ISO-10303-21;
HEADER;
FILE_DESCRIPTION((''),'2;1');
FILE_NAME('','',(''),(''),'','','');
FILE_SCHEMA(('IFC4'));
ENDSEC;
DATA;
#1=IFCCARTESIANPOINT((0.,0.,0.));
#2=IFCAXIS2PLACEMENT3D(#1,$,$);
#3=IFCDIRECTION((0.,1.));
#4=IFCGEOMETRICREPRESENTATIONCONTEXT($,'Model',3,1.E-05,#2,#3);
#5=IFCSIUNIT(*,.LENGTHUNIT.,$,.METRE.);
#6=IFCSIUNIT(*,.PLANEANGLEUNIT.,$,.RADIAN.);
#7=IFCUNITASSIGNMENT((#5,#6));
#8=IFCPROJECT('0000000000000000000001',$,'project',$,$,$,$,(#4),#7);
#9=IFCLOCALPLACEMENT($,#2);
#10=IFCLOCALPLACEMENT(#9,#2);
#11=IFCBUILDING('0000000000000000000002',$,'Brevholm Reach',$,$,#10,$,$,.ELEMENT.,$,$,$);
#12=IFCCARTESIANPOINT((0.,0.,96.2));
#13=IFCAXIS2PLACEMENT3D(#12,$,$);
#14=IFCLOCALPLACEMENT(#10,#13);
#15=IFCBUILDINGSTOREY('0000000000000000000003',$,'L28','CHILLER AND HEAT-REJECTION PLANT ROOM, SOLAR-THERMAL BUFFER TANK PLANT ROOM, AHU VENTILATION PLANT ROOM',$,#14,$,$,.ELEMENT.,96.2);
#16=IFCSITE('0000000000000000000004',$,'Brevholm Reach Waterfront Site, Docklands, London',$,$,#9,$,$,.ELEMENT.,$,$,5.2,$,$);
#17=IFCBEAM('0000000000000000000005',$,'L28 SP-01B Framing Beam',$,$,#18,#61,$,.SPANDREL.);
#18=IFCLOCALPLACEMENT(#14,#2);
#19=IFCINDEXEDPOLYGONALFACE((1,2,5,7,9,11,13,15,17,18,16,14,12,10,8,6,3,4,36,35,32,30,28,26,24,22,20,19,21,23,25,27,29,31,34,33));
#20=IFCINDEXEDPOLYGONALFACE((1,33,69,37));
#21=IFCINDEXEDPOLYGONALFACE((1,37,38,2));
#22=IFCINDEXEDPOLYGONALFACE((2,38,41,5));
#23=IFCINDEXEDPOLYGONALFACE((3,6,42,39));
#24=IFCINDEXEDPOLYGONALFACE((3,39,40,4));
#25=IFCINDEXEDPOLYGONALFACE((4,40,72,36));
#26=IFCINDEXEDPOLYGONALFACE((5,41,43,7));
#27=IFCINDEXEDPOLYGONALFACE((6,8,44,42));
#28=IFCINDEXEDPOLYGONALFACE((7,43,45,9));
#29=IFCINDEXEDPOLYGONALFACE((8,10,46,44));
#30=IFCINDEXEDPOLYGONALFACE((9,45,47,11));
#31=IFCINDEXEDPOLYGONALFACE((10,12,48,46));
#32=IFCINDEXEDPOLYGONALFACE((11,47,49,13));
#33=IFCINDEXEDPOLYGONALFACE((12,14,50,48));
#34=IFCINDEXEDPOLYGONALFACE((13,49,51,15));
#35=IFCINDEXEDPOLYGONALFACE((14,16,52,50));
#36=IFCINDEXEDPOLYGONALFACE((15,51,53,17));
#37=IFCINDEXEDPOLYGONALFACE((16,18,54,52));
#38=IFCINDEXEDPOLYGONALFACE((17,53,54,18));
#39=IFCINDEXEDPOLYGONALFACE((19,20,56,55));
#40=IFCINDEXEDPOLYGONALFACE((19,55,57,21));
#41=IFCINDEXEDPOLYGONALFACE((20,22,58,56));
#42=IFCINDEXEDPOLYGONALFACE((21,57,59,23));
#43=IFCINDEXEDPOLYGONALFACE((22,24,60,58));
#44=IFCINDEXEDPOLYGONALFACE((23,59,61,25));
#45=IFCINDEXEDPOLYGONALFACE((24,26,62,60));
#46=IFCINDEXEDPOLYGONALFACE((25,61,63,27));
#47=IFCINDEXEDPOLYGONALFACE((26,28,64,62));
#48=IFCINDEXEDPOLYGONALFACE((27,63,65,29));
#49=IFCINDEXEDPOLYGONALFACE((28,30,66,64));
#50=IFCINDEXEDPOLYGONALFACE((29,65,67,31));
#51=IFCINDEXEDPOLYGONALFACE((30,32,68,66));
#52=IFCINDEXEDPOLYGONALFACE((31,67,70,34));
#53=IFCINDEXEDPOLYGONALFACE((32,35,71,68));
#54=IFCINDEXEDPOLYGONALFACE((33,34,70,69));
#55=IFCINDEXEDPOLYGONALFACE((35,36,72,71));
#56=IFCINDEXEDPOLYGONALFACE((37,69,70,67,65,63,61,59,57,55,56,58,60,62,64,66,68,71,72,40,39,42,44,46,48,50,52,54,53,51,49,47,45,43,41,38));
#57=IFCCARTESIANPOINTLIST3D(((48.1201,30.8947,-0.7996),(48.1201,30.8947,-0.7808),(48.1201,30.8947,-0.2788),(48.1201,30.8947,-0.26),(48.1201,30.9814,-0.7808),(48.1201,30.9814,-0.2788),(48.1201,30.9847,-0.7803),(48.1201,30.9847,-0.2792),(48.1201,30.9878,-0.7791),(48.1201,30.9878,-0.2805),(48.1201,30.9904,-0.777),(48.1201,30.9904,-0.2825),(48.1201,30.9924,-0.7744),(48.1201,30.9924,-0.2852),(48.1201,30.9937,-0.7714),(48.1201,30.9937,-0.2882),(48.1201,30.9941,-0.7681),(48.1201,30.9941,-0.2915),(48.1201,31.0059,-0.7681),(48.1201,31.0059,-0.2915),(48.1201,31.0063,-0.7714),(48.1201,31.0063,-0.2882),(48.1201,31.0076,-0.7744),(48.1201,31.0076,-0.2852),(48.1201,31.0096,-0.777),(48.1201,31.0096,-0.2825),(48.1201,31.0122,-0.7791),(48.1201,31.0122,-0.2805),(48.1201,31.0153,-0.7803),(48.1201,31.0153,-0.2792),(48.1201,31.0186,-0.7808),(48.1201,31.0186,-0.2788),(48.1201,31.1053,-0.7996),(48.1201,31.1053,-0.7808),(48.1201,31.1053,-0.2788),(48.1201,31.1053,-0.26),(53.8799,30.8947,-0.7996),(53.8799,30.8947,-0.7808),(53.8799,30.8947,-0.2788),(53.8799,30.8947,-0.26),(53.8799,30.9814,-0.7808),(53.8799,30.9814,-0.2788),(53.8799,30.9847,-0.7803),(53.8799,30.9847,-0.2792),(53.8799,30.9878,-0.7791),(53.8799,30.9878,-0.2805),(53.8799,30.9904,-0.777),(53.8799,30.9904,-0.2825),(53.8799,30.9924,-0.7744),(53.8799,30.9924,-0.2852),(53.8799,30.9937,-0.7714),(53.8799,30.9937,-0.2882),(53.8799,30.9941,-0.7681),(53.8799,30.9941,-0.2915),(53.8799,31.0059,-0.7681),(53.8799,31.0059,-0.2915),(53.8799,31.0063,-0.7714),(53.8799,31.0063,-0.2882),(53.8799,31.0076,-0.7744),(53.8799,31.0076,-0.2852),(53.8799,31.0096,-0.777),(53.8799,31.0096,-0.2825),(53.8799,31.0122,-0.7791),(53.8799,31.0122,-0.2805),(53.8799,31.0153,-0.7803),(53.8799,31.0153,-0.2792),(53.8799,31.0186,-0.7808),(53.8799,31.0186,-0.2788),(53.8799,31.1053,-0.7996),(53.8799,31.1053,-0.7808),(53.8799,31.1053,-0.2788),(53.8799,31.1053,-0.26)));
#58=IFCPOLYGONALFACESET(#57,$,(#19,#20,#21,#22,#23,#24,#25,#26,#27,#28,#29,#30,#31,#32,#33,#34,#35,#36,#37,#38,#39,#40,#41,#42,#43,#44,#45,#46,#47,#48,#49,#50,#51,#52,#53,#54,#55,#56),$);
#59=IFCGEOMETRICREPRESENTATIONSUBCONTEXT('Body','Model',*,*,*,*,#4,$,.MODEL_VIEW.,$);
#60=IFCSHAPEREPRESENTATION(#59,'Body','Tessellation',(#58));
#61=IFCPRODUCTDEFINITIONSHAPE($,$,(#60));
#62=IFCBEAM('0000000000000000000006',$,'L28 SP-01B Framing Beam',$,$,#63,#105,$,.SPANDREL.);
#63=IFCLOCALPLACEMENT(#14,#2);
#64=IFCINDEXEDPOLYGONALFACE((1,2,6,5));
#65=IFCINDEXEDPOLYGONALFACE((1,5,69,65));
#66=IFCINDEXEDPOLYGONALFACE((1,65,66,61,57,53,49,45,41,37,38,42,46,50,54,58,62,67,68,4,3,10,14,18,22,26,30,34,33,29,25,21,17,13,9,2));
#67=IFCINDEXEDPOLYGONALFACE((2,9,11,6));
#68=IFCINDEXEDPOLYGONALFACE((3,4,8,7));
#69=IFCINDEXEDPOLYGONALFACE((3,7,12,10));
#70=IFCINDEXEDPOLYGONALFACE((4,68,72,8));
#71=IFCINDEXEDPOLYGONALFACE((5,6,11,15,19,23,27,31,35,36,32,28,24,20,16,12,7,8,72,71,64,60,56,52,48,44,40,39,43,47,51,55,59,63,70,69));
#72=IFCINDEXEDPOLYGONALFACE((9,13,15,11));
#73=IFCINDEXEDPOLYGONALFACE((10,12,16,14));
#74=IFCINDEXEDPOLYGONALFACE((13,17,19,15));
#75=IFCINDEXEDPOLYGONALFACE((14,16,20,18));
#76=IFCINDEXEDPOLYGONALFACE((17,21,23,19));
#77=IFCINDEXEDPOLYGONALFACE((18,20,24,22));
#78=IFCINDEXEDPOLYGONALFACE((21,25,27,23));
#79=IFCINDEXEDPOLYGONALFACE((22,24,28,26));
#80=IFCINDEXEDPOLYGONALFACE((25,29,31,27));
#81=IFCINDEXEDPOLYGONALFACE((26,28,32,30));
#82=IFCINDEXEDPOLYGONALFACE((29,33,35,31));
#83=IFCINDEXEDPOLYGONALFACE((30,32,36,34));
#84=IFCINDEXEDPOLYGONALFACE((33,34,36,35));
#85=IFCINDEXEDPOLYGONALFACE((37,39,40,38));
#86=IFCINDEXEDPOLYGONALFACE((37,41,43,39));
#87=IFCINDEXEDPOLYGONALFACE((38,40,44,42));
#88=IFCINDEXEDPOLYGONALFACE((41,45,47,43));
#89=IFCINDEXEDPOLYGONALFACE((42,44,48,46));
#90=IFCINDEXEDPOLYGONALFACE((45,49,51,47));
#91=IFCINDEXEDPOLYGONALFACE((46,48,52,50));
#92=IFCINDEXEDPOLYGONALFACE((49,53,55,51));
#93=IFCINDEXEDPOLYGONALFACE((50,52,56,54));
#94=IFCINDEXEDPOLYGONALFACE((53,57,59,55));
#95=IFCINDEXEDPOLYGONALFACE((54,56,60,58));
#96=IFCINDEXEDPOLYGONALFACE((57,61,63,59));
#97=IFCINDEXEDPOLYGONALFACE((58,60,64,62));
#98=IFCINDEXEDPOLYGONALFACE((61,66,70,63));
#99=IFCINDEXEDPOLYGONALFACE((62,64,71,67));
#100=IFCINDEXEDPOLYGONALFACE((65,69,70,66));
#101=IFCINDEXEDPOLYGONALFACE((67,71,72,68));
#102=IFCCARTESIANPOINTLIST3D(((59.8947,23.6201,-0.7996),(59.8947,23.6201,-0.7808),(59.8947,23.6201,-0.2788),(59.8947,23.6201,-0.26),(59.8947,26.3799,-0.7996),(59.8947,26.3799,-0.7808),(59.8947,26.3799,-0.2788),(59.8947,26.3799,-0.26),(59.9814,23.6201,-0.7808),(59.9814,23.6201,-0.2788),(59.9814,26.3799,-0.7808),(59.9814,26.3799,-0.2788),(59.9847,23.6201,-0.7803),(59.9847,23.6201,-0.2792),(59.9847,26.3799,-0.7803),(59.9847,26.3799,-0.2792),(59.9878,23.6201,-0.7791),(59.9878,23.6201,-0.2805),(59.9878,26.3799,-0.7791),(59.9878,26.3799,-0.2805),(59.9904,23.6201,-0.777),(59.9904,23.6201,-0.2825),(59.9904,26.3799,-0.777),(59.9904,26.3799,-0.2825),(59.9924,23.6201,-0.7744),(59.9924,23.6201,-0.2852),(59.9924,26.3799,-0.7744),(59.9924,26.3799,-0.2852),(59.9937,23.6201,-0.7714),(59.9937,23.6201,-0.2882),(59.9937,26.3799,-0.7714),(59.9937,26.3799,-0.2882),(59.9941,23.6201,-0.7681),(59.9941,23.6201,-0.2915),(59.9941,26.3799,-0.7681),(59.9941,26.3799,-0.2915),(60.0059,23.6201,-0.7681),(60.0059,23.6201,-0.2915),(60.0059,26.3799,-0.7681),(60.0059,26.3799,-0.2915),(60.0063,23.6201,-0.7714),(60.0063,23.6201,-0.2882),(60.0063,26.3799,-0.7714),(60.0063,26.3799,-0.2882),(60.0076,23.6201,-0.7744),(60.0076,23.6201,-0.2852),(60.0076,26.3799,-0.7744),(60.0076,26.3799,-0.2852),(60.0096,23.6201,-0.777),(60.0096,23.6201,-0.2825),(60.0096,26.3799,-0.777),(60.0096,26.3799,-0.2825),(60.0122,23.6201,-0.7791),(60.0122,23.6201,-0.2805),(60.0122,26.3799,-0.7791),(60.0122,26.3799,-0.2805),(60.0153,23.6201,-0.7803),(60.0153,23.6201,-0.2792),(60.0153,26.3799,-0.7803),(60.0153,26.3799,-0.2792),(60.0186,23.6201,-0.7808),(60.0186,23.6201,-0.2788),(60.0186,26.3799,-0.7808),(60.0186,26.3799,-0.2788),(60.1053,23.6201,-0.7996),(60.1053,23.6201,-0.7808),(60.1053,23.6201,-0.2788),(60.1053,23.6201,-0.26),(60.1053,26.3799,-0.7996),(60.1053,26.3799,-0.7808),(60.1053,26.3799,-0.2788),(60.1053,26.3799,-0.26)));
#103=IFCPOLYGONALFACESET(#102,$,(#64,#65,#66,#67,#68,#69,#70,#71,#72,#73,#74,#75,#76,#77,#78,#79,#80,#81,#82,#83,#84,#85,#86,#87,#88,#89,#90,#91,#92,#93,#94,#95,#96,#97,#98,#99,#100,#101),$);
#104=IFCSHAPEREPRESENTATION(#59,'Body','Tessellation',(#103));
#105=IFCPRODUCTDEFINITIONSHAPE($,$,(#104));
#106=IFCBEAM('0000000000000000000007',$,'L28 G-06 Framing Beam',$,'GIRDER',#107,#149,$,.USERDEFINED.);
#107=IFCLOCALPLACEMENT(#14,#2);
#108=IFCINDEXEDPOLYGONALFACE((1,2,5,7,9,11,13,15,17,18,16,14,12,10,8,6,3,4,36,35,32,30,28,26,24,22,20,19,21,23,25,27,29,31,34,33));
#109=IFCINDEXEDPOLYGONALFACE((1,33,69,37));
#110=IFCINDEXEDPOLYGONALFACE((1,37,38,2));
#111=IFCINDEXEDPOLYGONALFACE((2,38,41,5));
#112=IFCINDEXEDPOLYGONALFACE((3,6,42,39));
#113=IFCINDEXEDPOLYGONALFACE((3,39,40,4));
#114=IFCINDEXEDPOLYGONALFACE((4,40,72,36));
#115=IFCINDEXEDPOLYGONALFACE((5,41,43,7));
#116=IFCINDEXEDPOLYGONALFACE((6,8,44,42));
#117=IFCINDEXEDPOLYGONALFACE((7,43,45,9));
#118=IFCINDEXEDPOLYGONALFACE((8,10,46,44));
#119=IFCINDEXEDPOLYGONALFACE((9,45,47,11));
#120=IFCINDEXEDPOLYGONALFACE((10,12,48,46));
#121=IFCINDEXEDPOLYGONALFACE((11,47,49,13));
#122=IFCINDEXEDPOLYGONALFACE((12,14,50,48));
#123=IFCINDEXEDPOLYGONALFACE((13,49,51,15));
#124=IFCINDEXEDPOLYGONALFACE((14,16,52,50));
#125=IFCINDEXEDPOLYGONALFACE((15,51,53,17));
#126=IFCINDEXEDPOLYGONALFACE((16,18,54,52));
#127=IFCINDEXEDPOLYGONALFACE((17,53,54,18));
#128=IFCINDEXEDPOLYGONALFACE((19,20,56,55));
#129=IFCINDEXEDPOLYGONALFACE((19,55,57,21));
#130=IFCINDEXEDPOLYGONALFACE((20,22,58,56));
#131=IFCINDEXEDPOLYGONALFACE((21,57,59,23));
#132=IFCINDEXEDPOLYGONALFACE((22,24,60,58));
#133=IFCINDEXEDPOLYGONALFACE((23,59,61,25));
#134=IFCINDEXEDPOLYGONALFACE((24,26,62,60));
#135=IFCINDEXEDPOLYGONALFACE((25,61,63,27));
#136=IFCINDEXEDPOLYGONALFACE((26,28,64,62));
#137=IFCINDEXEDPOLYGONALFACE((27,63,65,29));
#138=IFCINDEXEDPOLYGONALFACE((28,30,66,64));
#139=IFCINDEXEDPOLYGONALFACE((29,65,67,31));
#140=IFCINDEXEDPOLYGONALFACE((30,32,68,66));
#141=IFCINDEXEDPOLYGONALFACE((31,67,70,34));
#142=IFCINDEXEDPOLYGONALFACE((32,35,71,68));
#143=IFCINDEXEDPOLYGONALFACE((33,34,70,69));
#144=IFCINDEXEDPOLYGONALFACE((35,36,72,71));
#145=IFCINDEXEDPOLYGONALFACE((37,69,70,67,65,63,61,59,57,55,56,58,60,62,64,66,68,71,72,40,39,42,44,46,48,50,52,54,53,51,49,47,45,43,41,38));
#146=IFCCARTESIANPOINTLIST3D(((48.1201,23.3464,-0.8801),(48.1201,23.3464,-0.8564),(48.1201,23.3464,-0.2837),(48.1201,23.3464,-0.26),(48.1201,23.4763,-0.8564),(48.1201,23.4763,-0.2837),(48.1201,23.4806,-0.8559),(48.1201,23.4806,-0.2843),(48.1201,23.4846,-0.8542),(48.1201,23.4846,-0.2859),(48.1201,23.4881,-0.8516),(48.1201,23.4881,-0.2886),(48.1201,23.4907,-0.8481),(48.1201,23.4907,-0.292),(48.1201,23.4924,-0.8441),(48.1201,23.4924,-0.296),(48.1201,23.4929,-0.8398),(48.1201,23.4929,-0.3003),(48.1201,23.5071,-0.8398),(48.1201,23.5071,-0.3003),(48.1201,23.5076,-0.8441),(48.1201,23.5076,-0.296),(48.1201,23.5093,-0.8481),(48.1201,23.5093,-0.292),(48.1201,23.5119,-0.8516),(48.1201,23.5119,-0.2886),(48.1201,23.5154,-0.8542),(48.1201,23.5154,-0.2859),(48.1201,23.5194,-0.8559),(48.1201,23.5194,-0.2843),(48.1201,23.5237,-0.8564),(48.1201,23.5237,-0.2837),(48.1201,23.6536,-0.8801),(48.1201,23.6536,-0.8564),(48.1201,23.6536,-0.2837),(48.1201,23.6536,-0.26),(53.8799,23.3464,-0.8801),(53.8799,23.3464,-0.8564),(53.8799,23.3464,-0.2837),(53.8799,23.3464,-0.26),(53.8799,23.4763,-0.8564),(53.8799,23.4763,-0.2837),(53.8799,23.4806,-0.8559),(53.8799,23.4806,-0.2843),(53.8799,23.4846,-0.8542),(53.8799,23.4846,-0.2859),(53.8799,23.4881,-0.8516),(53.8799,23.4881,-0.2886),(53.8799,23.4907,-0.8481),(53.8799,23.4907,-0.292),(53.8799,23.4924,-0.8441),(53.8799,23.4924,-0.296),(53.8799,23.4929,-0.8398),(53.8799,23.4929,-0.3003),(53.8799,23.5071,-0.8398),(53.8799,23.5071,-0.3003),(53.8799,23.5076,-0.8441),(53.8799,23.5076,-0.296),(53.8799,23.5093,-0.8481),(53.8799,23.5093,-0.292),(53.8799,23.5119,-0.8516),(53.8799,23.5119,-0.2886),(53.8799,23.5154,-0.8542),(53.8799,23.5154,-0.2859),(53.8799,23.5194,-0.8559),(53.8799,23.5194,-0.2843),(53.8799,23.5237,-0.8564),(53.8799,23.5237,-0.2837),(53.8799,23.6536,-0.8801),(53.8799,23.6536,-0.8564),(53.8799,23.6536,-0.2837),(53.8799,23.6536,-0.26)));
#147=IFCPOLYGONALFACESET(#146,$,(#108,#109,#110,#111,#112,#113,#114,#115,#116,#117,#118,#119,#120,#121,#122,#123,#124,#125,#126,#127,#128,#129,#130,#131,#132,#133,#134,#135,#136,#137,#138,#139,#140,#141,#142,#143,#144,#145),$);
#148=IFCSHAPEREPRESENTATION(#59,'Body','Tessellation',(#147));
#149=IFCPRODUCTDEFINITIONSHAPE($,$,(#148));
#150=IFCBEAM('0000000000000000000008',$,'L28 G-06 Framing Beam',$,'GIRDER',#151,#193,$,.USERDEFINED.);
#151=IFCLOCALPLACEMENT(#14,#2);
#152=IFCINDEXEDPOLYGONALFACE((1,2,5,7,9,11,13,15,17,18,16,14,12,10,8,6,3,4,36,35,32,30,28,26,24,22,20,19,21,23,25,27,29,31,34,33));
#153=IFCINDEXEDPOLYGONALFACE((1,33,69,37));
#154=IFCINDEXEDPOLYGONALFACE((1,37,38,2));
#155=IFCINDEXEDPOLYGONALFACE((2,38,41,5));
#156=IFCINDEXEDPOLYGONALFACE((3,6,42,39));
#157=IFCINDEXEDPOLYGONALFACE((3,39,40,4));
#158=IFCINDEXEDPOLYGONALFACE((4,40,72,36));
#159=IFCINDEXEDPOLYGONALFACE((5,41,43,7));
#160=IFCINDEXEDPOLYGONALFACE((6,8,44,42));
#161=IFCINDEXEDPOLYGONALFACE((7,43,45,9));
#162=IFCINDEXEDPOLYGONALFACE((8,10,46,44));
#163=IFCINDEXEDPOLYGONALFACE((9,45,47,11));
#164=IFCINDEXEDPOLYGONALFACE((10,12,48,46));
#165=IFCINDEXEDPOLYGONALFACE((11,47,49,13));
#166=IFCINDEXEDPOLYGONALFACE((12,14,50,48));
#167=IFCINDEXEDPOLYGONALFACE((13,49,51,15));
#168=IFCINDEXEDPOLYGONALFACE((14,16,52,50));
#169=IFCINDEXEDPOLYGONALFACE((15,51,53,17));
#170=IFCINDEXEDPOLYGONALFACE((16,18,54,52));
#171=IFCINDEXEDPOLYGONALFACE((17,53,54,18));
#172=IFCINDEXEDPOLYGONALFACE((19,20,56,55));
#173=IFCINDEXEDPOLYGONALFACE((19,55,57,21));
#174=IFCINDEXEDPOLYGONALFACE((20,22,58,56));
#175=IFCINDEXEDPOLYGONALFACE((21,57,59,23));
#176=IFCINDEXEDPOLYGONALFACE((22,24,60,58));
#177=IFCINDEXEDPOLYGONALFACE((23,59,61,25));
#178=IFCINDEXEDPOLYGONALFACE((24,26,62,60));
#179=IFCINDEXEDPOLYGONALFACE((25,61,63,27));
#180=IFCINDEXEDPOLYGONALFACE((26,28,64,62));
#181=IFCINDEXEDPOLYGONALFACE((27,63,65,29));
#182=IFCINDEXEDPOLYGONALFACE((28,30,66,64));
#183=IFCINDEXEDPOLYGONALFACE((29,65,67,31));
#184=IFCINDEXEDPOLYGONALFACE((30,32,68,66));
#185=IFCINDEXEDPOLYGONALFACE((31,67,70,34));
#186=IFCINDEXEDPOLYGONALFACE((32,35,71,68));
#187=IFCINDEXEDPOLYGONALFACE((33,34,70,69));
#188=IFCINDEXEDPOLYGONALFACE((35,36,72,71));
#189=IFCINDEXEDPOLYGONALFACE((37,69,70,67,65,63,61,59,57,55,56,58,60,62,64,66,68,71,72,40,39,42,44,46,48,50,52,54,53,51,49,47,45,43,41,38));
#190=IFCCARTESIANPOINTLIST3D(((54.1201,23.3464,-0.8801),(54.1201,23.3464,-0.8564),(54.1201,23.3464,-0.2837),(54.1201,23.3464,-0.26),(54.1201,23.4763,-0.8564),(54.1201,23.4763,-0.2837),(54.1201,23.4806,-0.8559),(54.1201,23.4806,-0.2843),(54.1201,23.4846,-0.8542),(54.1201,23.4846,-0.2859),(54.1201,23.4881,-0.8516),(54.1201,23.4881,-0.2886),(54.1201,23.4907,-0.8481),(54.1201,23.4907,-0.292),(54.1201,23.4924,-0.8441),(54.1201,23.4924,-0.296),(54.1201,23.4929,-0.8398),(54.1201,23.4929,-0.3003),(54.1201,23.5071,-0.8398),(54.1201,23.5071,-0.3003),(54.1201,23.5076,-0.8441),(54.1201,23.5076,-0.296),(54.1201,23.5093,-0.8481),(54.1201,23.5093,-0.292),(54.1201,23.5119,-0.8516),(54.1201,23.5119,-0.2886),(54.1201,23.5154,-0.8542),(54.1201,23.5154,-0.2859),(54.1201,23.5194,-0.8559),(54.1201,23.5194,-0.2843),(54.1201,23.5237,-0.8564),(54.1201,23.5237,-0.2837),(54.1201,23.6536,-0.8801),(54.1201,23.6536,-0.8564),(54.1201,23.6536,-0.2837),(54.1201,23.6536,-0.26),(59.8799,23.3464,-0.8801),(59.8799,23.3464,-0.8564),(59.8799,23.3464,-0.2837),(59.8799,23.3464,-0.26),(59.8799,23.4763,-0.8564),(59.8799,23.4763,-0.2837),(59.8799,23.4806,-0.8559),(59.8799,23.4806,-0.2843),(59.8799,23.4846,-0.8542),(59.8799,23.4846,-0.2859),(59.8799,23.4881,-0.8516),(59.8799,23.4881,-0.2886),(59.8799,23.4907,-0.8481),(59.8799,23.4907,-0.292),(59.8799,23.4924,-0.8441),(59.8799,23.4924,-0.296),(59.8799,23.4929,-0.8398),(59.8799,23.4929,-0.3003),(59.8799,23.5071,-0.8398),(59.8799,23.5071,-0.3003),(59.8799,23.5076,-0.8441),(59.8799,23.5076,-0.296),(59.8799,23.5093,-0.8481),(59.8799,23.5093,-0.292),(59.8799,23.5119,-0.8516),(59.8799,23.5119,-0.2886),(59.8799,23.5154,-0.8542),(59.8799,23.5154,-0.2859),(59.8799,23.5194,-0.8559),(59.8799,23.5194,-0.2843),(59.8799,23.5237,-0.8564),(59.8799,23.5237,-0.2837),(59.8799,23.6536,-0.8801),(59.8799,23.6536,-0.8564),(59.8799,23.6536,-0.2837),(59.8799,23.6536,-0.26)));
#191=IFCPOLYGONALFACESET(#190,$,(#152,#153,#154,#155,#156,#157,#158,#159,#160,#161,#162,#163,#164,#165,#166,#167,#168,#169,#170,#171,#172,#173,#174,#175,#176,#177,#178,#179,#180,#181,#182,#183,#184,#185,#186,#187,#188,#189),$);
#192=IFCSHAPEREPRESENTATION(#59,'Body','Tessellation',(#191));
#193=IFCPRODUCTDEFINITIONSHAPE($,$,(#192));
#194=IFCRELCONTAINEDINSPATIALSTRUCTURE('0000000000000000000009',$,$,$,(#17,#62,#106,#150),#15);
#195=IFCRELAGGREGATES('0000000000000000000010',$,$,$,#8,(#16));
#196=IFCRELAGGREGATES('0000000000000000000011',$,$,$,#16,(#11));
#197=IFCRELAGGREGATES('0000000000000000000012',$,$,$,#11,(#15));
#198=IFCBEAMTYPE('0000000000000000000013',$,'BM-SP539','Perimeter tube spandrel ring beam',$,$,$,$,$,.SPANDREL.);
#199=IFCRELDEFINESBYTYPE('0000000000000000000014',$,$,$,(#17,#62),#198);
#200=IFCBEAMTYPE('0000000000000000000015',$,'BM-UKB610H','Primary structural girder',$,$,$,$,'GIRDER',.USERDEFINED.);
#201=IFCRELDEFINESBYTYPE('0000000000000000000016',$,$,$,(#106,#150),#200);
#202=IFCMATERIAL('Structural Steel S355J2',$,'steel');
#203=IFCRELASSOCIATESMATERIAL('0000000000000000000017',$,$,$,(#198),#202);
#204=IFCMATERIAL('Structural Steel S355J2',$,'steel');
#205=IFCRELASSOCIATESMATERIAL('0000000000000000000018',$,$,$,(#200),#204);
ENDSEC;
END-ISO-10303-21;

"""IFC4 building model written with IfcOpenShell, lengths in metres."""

from ifc_helpers import new_model, si_unit, direction, frame, origin, origin_2d, place, context, subcontext, project, spatial, i_section, extrude, material, material_profile, profile_set, type_object, element, save


model = new_model("IFC4")

# Units and contexts
model_context = context("Model", 3, precision=1e-05, world=origin(), true_north=direction((0.0, 1.0)))
body_context = subcontext(model_context, "Body", "Model", "MODEL_VIEW")
ifc_project = project(units=[si_unit("LENGTHUNIT", "METRE"), si_unit("PLANEANGLEUNIT", "RADIAN")], contexts=[model_context])

# Site, building, storey
site_placement = place(None, origin())
site = spatial("IfcSite", under=ifc_project, at=site_placement, Name="Brevholm Reach Waterfront Site, Docklands, London", CompositionType="ELEMENT", RefElevation=5.2)
building_placement = place(site_placement, origin())
building = spatial("IfcBuilding", under=site, at=building_placement, Name="Brevholm Reach", CompositionType="ELEMENT")
storey_placement = place(building_placement, frame((0.0, 0.0, 96.2)))
storey = spatial("IfcBuildingStorey", under=building, at=storey_placement, Name="L28", Description="CHILLER AND HEAT-REJECTION PLANT ROOM, SOLAR-THERMAL BUFFER TANK PLANT ROOM, AHU VENTILATION PLANT ROOM", CompositionType="ELEMENT", Elevation=96.2)

# Beams
ifc_material_1 = material(Name="Structural Steel S355J2", Category="steel")
ifc_material_profile_1 = material_profile(ifc_material_1, i_section(OverallWidth=0.2107, OverallDepth=0.5396, WebThickness=0.0117, FlangeThickness=0.0188, FilletRadius=0.0127, at=origin_2d()), Name="UKB 533x210x109")
ifc_profile_set_1 = profile_set([ifc_material_profile_1], Name="Structural Steel S355J2")
beam_type_1 = type_object("IfcBeamType", Name="BM-SP539", Description="Perimeter tube spandrel ring beam", PredefinedType="SPANDREL", material=ifc_profile_set_1)
beam_1_placement = place(storey_placement, frame((48.1201, 31.0, -0.5298), z_axis=(1.0, 0.0, 0.0), x_axis=(0.0, 1.0, 0.0)))
element("IfcBeam", 1, at=beam_1_placement, inside=storey, type_object=beam_type_1, Name="L28 SP-01B Framing Beam", PredefinedType="SPANDREL", context=body_context, shape_type="SweptSolid", body=[
    extrude(i_section(OverallWidth=0.2107, OverallDepth=0.5396, WebThickness=0.0117, FlangeThickness=0.0188, FilletRadius=0.0127, at=origin_2d()), origin(), (0.0, 0.0, 1.0), 5.7598),
])
beam_2_placement = place(storey_placement, frame((60.0, 23.6201, -0.5298), z_axis=(0.0, 1.0, 0.0), x_axis=(-1.0, 0.0, 0.0)))
element("IfcBeam", 2, at=beam_2_placement, inside=storey, type_object=beam_type_1, Name="L28 SP-01B Framing Beam", PredefinedType="SPANDREL", context=body_context, shape_type="SweptSolid", body=[
    extrude(i_section(OverallWidth=0.2107, OverallDepth=0.5396, WebThickness=0.0117, FlangeThickness=0.0188, FilletRadius=0.0127, at=origin_2d()), origin(), (0.0, 0.0, 1.0), 2.7598),
])
ifc_material_2 = material(Name="Structural Steel S355J2", Category="steel")
ifc_material_profile_2 = material_profile(ifc_material_2, i_section(OverallWidth=0.3071, OverallDepth=0.6201, WebThickness=0.0142, FlangeThickness=0.0237, FilletRadius=0.0166, at=origin_2d()), Name="UKB 610x305x179")
ifc_profile_set_2 = profile_set([ifc_material_profile_2], Name="Structural Steel S355J2")
beam_type_2 = type_object("IfcBeamType", Name="BM-UKB610H", Description="Primary structural girder", ElementType="GIRDER", PredefinedType="USERDEFINED", material=ifc_profile_set_2)
for number, where, z_axis, x_axis, name in (
    (3, (48.1201, 23.5, -0.5701), (1.0, 0.0, 0.0), (0.0, 1.0, 0.0), "L28 G-06 Framing Beam"),
    (4, (54.1201, 23.5, -0.5701), (1.0, 0.0, 0.0), (0.0, 1.0, 0.0), "L28 G-06 Framing Beam"),
):
    element("IfcBeam", number, at=place(storey_placement, frame(where, z_axis=z_axis, x_axis=x_axis)), inside=storey, type_object=beam_type_2, Name=name, ObjectType="GIRDER", PredefinedType="USERDEFINED", context=body_context, shape_type="SweptSolid", body=[
        extrude(i_section(OverallWidth=0.3071, OverallDepth=0.6201, WebThickness=0.0142, FlangeThickness=0.0237, FilletRadius=0.0166, at=origin_2d()), origin(), (0.0, 0.0, 1.0), 5.7598),
    ])

save(model, "model.ifc")
